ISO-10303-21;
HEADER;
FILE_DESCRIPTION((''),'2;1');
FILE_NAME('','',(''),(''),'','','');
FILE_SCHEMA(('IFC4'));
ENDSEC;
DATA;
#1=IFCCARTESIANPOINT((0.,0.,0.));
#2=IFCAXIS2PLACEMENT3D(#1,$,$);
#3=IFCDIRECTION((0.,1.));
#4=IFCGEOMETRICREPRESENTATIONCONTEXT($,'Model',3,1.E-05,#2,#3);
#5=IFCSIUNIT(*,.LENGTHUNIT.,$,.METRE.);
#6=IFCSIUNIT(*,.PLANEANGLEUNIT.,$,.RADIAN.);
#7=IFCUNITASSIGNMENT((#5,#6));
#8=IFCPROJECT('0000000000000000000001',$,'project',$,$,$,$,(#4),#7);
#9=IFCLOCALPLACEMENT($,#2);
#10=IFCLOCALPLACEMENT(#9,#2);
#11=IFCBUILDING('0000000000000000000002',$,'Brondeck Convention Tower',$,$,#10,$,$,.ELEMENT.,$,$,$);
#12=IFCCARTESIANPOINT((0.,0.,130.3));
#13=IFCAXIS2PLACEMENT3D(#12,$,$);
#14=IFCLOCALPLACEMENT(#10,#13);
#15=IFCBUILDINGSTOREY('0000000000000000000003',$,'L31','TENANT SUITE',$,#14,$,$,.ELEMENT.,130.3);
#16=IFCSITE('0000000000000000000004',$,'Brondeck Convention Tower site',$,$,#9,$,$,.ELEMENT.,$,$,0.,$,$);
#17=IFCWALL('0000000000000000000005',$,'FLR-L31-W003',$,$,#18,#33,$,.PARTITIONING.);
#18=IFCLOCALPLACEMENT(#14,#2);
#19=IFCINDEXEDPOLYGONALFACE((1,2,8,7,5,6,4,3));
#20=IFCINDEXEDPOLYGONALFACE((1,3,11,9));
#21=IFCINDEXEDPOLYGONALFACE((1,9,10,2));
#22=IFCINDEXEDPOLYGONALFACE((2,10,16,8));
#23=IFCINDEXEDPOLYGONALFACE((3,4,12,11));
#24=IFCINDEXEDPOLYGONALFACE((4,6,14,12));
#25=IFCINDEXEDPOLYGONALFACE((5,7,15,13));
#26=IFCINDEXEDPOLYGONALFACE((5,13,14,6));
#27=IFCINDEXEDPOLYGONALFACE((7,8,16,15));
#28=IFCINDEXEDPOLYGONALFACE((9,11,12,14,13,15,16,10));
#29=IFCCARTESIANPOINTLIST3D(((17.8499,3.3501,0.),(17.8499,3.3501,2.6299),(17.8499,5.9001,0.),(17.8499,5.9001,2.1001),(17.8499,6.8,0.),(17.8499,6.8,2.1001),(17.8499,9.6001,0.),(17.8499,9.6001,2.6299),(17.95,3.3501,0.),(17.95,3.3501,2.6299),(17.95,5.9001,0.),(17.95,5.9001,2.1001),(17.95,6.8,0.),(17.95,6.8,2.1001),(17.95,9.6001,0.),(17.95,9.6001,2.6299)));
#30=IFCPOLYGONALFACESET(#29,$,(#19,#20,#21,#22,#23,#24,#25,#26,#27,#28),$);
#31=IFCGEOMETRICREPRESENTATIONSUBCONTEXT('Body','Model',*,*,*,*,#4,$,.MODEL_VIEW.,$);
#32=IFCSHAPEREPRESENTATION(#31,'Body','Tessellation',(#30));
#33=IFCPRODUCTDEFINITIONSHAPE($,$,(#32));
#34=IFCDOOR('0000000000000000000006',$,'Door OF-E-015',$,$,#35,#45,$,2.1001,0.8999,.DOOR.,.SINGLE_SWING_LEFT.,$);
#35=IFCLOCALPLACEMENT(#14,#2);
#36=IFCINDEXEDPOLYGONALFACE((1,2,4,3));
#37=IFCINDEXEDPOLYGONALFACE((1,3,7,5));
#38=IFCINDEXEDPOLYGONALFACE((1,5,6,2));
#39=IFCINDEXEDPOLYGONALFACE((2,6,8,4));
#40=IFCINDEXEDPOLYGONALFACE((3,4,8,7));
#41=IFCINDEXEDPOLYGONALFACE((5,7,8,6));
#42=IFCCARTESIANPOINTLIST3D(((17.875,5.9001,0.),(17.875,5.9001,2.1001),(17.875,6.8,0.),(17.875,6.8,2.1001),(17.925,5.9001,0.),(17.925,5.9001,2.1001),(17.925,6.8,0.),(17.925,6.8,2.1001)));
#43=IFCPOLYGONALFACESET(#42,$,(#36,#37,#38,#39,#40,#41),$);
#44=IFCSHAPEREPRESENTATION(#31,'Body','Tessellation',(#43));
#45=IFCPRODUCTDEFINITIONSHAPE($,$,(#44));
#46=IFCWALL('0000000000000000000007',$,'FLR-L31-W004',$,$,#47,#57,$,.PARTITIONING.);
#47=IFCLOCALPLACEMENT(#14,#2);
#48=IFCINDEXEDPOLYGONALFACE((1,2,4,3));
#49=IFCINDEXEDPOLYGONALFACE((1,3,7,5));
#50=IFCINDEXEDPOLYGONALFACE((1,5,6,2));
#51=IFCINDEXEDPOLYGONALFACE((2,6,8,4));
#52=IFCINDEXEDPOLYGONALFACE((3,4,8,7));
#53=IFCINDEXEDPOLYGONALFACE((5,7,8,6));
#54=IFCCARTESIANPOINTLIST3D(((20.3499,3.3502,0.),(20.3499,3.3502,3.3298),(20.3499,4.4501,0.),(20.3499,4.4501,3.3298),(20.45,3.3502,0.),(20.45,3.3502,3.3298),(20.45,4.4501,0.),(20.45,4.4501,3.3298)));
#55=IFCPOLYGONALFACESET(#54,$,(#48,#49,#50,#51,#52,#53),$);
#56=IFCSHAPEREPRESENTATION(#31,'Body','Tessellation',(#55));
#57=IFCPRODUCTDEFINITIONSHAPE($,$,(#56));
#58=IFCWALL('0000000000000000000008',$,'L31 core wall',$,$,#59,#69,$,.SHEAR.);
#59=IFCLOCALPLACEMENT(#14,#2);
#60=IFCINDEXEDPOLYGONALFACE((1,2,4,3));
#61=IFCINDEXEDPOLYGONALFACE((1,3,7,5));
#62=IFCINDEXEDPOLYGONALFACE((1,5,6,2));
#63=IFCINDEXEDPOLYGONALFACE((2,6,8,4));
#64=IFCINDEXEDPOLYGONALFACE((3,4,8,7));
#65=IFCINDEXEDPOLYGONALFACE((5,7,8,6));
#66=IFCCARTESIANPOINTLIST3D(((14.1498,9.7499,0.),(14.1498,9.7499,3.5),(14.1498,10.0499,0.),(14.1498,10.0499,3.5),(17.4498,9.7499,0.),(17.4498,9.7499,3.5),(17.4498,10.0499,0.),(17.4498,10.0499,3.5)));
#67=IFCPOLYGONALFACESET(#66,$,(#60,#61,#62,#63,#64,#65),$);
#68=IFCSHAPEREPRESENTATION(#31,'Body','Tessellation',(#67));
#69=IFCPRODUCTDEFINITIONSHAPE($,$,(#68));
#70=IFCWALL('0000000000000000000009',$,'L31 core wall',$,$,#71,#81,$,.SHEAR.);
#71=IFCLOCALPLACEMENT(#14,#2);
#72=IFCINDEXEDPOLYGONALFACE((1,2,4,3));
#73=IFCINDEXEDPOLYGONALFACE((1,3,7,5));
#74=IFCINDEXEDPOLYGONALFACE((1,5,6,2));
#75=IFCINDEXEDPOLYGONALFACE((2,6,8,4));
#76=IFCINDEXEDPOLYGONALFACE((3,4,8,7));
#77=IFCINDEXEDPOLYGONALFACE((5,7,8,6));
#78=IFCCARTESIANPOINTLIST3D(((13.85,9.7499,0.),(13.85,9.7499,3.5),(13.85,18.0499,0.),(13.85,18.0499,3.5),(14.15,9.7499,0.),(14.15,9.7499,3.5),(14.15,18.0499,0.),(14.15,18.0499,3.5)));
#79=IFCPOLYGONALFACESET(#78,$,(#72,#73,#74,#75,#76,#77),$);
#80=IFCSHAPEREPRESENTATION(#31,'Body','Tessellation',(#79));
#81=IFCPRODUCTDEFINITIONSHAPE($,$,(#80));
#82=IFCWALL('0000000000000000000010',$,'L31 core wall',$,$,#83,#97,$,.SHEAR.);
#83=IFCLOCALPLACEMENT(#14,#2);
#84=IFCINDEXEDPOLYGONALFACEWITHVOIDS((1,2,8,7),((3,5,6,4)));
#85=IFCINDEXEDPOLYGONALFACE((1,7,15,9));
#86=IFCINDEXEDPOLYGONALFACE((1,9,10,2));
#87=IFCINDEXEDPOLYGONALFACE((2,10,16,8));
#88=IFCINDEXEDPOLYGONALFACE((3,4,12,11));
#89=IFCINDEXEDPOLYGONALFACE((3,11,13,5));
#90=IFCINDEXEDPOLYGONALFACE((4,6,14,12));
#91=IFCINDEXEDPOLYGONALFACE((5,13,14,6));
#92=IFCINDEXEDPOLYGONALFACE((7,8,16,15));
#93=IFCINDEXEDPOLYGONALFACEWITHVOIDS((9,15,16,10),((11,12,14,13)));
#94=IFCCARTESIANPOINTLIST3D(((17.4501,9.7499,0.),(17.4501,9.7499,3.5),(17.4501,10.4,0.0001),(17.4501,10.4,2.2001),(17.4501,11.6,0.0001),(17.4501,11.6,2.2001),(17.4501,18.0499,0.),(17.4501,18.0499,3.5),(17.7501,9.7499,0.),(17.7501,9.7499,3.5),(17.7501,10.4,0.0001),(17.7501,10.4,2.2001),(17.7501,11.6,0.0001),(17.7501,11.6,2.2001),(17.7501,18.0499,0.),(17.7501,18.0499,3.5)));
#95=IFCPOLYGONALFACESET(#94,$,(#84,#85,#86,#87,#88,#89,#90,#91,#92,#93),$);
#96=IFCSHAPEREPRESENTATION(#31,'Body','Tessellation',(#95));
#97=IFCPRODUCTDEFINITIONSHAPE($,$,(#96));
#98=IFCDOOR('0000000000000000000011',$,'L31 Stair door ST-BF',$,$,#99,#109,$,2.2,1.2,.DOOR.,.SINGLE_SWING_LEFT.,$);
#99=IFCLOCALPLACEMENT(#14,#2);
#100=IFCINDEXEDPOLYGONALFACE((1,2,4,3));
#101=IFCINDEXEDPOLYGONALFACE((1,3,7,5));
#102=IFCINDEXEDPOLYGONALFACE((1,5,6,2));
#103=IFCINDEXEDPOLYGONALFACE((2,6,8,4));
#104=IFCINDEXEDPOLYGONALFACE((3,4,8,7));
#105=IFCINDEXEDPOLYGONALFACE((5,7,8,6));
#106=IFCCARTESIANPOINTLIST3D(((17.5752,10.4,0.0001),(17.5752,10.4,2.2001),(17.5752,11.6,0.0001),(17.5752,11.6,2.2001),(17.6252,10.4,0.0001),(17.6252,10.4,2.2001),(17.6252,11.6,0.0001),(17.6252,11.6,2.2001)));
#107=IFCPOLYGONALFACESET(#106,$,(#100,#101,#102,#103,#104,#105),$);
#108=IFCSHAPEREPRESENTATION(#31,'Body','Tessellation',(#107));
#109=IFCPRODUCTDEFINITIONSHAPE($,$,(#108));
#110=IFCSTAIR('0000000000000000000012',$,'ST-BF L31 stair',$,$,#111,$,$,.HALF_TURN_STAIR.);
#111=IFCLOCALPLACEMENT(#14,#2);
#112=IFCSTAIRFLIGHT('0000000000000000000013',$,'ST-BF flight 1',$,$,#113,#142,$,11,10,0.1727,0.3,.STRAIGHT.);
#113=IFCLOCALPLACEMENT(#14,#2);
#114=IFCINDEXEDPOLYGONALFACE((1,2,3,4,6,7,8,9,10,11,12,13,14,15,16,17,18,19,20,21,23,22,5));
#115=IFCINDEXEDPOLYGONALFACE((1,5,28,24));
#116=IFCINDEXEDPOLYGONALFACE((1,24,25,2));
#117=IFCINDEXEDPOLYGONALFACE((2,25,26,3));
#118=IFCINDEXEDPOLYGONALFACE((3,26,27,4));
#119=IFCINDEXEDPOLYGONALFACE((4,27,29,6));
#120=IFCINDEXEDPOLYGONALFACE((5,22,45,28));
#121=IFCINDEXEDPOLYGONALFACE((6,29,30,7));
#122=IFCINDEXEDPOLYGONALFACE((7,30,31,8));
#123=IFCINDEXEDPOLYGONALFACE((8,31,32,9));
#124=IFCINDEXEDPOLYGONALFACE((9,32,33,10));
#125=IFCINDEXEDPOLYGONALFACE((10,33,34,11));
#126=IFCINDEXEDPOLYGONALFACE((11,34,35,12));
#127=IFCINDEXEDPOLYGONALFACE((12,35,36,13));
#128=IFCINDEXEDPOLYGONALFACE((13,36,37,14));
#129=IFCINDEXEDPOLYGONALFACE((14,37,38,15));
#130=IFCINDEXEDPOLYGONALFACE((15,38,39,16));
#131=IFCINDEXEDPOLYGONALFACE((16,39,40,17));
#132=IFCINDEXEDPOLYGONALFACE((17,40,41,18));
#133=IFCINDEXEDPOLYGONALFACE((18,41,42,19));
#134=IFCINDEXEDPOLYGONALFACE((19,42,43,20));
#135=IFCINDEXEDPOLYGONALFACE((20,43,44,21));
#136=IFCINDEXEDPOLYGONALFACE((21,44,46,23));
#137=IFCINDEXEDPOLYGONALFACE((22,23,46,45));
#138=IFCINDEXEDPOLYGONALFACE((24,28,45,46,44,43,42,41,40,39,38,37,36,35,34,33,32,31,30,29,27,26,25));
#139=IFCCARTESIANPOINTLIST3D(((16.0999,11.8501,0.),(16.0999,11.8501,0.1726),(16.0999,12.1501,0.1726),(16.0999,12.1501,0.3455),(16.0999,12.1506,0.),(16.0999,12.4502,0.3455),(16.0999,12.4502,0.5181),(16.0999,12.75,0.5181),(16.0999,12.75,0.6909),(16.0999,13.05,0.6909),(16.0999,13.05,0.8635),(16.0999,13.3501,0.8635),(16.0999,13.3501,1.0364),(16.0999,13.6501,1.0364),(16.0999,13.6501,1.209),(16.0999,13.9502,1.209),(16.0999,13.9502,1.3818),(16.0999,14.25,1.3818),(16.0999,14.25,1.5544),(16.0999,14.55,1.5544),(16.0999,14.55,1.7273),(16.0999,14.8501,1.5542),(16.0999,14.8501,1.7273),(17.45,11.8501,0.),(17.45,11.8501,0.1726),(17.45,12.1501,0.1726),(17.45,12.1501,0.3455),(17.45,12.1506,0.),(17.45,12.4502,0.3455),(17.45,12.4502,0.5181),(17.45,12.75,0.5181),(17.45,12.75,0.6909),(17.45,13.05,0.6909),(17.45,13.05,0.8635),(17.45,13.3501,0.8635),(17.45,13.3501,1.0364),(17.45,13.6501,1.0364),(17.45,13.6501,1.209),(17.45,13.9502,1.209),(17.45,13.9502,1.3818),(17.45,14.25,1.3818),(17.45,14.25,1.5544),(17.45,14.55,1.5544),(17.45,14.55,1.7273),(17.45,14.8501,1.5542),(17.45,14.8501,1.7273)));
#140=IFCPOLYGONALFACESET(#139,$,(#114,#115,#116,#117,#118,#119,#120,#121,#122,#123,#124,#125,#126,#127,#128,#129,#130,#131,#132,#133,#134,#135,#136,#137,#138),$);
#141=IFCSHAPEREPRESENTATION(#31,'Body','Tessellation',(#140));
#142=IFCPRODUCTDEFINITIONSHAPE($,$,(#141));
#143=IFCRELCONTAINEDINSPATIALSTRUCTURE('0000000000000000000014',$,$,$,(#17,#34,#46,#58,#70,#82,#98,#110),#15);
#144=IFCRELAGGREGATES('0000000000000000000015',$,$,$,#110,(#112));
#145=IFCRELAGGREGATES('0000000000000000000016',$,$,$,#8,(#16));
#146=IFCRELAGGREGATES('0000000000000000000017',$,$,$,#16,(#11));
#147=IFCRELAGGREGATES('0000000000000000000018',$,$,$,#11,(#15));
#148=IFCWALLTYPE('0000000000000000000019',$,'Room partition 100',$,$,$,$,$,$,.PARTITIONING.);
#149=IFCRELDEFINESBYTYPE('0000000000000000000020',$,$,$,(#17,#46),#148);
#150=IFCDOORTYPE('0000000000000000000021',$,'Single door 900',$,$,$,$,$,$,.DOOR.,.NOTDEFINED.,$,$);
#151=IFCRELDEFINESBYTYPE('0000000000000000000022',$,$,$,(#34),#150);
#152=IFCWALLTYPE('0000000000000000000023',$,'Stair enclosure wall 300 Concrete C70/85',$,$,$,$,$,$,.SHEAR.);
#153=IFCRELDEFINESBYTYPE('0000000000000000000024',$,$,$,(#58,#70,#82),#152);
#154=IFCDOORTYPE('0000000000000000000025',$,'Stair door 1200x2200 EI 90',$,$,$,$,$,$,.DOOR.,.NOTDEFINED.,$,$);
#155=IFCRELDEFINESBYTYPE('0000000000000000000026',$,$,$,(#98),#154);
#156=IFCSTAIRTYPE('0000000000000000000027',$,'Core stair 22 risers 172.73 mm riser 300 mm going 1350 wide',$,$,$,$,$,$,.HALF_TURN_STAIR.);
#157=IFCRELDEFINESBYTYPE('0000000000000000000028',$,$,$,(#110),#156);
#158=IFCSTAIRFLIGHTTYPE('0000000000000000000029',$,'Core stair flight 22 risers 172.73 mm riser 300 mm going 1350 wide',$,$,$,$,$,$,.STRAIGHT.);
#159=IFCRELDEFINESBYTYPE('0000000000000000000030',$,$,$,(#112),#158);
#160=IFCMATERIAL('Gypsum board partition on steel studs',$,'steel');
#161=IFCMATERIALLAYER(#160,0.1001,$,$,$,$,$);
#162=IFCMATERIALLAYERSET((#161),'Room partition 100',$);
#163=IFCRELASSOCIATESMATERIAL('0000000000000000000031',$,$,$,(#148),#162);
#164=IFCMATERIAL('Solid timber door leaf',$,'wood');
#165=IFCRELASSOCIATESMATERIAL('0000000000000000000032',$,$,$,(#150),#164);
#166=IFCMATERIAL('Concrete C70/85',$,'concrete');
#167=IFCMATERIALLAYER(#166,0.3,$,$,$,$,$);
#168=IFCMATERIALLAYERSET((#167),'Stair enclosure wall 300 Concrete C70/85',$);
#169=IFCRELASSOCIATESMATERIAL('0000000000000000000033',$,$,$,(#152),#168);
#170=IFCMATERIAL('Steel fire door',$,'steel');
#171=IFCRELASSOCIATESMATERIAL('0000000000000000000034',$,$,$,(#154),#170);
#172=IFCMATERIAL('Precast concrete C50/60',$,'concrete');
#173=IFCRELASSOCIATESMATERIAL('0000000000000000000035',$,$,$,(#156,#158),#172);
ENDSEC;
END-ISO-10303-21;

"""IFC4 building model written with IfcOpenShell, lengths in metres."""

from ifc_helpers import new_model, si_unit, direction, frame, frame_2d, origin, place, context, subcontext, project, spatial, polyline, rectangle, outline, extrude, material, layer, layer_set, type_object, element, fill, aggregate, save


model = new_model("IFC4")

# Units and contexts
model_context = context("Model", 3, precision=1e-05, world=origin(), true_north=direction((0.0, 1.0)))
body_context = subcontext(model_context, "Body", "Model", "MODEL_VIEW")
ifc_project = project(units=[si_unit("LENGTHUNIT", "METRE"), si_unit("PLANEANGLEUNIT", "RADIAN")], contexts=[model_context])

# Site, building, storey
site_placement = place(None, origin())
site = spatial("IfcSite", under=ifc_project, at=site_placement, Name="Brondeck Convention Tower site", CompositionType="ELEMENT", RefElevation=0.0)
building_placement = place(site_placement, origin())
building = spatial("IfcBuilding", under=site, at=building_placement, Name="Brondeck Convention Tower", CompositionType="ELEMENT")
storey_placement = place(building_placement, frame((0.0, 0.0, 130.3)))
storey = spatial("IfcBuildingStorey", under=building, at=storey_placement, Name="L31", Description="TENANT SUITE", CompositionType="ELEMENT", Elevation=130.3)

# Shared definitions
ifc_material_1 = material(Name="Concrete C70/85", Category="concrete")

# Shared definitions
ifc_material_2 = material(Name="Gypsum board partition on steel studs", Category="steel")
ifc_layer_1 = layer(ifc_material_2, 0.1001)
ifc_layer_set_1 = layer_set([ifc_layer_1], Name="Room partition 100")
wall_type_1 = type_object("IfcWallType", Name="Room partition 100", PredefinedType="PARTITIONING", material=ifc_layer_set_1)

# Wall, opening, door
wall_1_placement = place(storey_placement, frame((17.8999, 3.3501, 0.0), z_axis=(0.0, 0.0, 1.0), x_axis=(0.0, 1.0, 0.0)))
wall_1 = element("IfcWall", 1, at=wall_1_placement, inside=storey, type_object=wall_type_1, Name="FLR-L31-W003", PredefinedType="PARTITIONING", context=body_context, shape_type="SweptSolid", body=[
    extrude(rectangle(XDim=6.25, YDim=0.1001, at=frame_2d((3.125, 0.0))), origin(), (0.0, 0.0, 1.0), 2.6299),
])
opening_1_placement = place(wall_1_placement, frame((2.55, 0.0, 0.0)))
opening_1 = element("IfcOpeningElement", 2, at=opening_1_placement, cuts=wall_1, PredefinedType="OPENING", context=body_context, shape_type="SweptSolid", body=[
    extrude(rectangle(XDim=0.8999, YDim=2.1001, at=frame_2d((0.45, 1.05))), frame((0.0, 0.0601, 0.0), z_axis=(0.0, -1.0, 0.0), x_axis=(1.0, 0.0, 0.0)), (0.0, 0.0, 1.0), 0.1201),
])
ifc_material_3 = material(Name="Solid timber door leaf", Category="wood")
door_type_1 = type_object("IfcDoorType", Name="Single door 900", OperationType="NOTDEFINED", PredefinedType="DOOR", material=ifc_material_3)
door_1_placement = place(opening_1_placement, origin())
door_1 = element("IfcDoor", 3, at=door_1_placement, inside=storey, type_object=door_type_1, Name="Door OF-E-015", OperationType="SINGLE_SWING_LEFT", OverallHeight=2.1001, OverallWidth=0.8999, PredefinedType="DOOR", context=body_context, shape_type="SweptSolid", body=[
    extrude(rectangle(XDim=0.8999, YDim=2.1001, at=frame_2d((0.45, 1.05))), frame((0.0, 0.0249, 0.0), z_axis=(0.0, -1.0, 0.0), x_axis=(1.0, 0.0, 0.0)), (0.0, 0.0, 1.0), 0.05),
])
fill(opening_1, door_1)

# Walls
wall_2_placement = place(storey_placement, frame((20.3999, 4.45, 0.0), z_axis=(0.0, 0.0, 1.0), x_axis=(0.0, -1.0, 0.0)))
element("IfcWall", 4, at=wall_2_placement, inside=storey, type_object=wall_type_1, Name="FLR-L31-W004", PredefinedType="PARTITIONING", context=body_context, shape_type="SweptSolid", body=[
    extrude(rectangle(XDim=1.0999, YDim=0.1001, at=frame_2d((0.5498, 0.0))), origin(), (0.0, 0.0, 1.0), 3.3298),
])
ifc_layer_2 = layer(ifc_material_1, 0.3)
ifc_layer_set_2 = layer_set([ifc_layer_2], Name="Stair enclosure wall 300 Concrete C70/85")
wall_type_2 = type_object("IfcWallType", Name="Stair enclosure wall 300 Concrete C70/85", PredefinedType="SHEAR", material=ifc_layer_set_2)
wall_3_placement = place(storey_placement, frame((14.1499, 9.8999, 0.0), z_axis=(0.0, 0.0, 1.0), x_axis=(1.0, 0.0, 0.0)))
element("IfcWall", 5, at=wall_3_placement, inside=storey, type_object=wall_type_2, Name="L31 core wall", PredefinedType="SHEAR", context=body_context, shape_type="SweptSolid", body=[
    extrude(rectangle(XDim=3.3, YDim=0.3, at=frame_2d((1.6499, 0.0))), origin(), (0.0, 0.0, 1.0), 3.5),
])
wall_4_placement = place(storey_placement, frame((14.0, 9.75, 0.0), z_axis=(0.0, 0.0, 1.0), x_axis=(0.0, 1.0, 0.0)))
element("IfcWall", 6, at=wall_4_placement, inside=storey, type_object=wall_type_2, Name="L31 core wall", PredefinedType="SHEAR", context=body_context, shape_type="SweptSolid", body=[
    extrude(rectangle(XDim=8.3, YDim=0.3, at=frame_2d((4.1499, 0.0))), origin(), (0.0, 0.0, 1.0), 3.5),
])

# Wall, opening, door
wall_5_placement = place(storey_placement, frame((17.6001, 9.75, 0.0), z_axis=(0.0, 0.0, 1.0), x_axis=(0.0, 1.0, 0.0)))
wall_5 = element("IfcWall", 7, at=wall_5_placement, inside=storey, type_object=wall_type_2, Name="L31 core wall", PredefinedType="SHEAR", context=body_context, shape_type="SweptSolid", body=[
    extrude(rectangle(XDim=8.3, YDim=0.3, at=frame_2d((4.1499, 0.0))), origin(), (0.0, 0.0, 1.0), 3.5),
])
opening_2_placement = place(wall_5_placement, frame((0.6499, 0.0, 0.0)))
opening_2 = element("IfcOpeningElement", 8, at=opening_2_placement, cuts=wall_5, PredefinedType="OPENING", context=body_context, shape_type="SweptSolid", body=[
    extrude(rectangle(XDim=1.2, YDim=2.2, at=frame_2d((0.6001, 1.1001))), frame((0.0, 0.1599, 0.0), z_axis=(0.0, -1.0, 0.0), x_axis=(1.0, 0.0, 0.0)), (0.0, 0.0, 1.0), 0.3201),
])
ifc_material_4 = material(Name="Steel fire door", Category="steel")
door_type_2 = type_object("IfcDoorType", Name="Stair door 1200x2200 EI 90", OperationType="NOTDEFINED", PredefinedType="DOOR", material=ifc_material_4)
door_2_placement = place(opening_2_placement, origin())
door_2 = element("IfcDoor", 9, at=door_2_placement, inside=storey, type_object=door_type_2, Name="L31 Stair door ST-BF", OperationType="SINGLE_SWING_LEFT", OverallHeight=2.2, OverallWidth=1.2, PredefinedType="DOOR", context=body_context, shape_type="SweptSolid", body=[
    extrude(rectangle(XDim=1.2, YDim=2.2, at=frame_2d((0.6001, 1.1001))), frame((0.0, 0.0249, 0.0), z_axis=(0.0, -1.0, 0.0), x_axis=(1.0, 0.0, 0.0)), (0.0, 0.0, 1.0), 0.05),
])
fill(opening_2, door_2)

# Stair, stair flight
ifc_material_5 = material(Name="Precast concrete C50/60", Category="concrete")
stair_type = type_object("IfcStairType", Name="Core stair 22 risers 172.73 mm riser 300 mm going 1350 wide", PredefinedType="HALF_TURN_STAIR", material=ifc_material_5)
stair_placement = place(storey_placement, origin())
stair = element("IfcStair", 10, at=stair_placement, inside=storey, type_object=stair_type, Name="ST-BF L31 stair", PredefinedType="HALF_TURN_STAIR")
stair_flight_type = type_object("IfcStairFlightType", Name="Core stair flight 22 risers 172.73 mm riser 300 mm going 1350 wide", PredefinedType="STRAIGHT", material=ifc_material_5)
stair_flight_placement = place(storey_placement, frame((16.7749, 11.8501, 0.0), z_axis=(0.0, 0.0, 1.0), x_axis=(0.0, 1.0, 0.0)))
stair_flight = element("IfcStairFlight", 11, at=stair_flight_placement, type_object=stair_flight_type, Name="ST-BF flight 1", NumberOfRisers=11, NumberOfTreads=10, PredefinedType="STRAIGHT", RiserHeight=0.1727, TreadLength=0.3, context=body_context, shape_type="SweptSolid", body=[
    extrude(outline(polyline([(0.0, 0.0), (0.0, 0.1726), (0.3, 0.1726), (0.3, 0.3455), (0.6001, 0.3455), (0.6001, 0.5181), (0.8999, 0.5181), (0.8999, 0.6909), (1.2, 0.6909), (1.2, 0.8635), (1.5, 0.8635), (1.5, 1.0364), (1.8, 1.0364), (1.8, 1.209), (2.1001, 1.209), (2.1001, 1.3818), (2.3999, 1.3818), (2.3999, 1.5544), (2.7, 1.5544), (2.7, 1.7273), (3.0, 1.7273), (3.0, 1.8999), (3.0, 1.5542), (0.3005, 0.0), (0.0, 0.0)])), frame((0.0, 0.675, 0.0), z_axis=(0.0, -1.0, 0.0), x_axis=(1.0, 0.0, 0.0)), (0.0, 0.0, 1.0), 1.3501),
])
aggregate(stair, [stair_flight])

save(model, "model.ifc")
